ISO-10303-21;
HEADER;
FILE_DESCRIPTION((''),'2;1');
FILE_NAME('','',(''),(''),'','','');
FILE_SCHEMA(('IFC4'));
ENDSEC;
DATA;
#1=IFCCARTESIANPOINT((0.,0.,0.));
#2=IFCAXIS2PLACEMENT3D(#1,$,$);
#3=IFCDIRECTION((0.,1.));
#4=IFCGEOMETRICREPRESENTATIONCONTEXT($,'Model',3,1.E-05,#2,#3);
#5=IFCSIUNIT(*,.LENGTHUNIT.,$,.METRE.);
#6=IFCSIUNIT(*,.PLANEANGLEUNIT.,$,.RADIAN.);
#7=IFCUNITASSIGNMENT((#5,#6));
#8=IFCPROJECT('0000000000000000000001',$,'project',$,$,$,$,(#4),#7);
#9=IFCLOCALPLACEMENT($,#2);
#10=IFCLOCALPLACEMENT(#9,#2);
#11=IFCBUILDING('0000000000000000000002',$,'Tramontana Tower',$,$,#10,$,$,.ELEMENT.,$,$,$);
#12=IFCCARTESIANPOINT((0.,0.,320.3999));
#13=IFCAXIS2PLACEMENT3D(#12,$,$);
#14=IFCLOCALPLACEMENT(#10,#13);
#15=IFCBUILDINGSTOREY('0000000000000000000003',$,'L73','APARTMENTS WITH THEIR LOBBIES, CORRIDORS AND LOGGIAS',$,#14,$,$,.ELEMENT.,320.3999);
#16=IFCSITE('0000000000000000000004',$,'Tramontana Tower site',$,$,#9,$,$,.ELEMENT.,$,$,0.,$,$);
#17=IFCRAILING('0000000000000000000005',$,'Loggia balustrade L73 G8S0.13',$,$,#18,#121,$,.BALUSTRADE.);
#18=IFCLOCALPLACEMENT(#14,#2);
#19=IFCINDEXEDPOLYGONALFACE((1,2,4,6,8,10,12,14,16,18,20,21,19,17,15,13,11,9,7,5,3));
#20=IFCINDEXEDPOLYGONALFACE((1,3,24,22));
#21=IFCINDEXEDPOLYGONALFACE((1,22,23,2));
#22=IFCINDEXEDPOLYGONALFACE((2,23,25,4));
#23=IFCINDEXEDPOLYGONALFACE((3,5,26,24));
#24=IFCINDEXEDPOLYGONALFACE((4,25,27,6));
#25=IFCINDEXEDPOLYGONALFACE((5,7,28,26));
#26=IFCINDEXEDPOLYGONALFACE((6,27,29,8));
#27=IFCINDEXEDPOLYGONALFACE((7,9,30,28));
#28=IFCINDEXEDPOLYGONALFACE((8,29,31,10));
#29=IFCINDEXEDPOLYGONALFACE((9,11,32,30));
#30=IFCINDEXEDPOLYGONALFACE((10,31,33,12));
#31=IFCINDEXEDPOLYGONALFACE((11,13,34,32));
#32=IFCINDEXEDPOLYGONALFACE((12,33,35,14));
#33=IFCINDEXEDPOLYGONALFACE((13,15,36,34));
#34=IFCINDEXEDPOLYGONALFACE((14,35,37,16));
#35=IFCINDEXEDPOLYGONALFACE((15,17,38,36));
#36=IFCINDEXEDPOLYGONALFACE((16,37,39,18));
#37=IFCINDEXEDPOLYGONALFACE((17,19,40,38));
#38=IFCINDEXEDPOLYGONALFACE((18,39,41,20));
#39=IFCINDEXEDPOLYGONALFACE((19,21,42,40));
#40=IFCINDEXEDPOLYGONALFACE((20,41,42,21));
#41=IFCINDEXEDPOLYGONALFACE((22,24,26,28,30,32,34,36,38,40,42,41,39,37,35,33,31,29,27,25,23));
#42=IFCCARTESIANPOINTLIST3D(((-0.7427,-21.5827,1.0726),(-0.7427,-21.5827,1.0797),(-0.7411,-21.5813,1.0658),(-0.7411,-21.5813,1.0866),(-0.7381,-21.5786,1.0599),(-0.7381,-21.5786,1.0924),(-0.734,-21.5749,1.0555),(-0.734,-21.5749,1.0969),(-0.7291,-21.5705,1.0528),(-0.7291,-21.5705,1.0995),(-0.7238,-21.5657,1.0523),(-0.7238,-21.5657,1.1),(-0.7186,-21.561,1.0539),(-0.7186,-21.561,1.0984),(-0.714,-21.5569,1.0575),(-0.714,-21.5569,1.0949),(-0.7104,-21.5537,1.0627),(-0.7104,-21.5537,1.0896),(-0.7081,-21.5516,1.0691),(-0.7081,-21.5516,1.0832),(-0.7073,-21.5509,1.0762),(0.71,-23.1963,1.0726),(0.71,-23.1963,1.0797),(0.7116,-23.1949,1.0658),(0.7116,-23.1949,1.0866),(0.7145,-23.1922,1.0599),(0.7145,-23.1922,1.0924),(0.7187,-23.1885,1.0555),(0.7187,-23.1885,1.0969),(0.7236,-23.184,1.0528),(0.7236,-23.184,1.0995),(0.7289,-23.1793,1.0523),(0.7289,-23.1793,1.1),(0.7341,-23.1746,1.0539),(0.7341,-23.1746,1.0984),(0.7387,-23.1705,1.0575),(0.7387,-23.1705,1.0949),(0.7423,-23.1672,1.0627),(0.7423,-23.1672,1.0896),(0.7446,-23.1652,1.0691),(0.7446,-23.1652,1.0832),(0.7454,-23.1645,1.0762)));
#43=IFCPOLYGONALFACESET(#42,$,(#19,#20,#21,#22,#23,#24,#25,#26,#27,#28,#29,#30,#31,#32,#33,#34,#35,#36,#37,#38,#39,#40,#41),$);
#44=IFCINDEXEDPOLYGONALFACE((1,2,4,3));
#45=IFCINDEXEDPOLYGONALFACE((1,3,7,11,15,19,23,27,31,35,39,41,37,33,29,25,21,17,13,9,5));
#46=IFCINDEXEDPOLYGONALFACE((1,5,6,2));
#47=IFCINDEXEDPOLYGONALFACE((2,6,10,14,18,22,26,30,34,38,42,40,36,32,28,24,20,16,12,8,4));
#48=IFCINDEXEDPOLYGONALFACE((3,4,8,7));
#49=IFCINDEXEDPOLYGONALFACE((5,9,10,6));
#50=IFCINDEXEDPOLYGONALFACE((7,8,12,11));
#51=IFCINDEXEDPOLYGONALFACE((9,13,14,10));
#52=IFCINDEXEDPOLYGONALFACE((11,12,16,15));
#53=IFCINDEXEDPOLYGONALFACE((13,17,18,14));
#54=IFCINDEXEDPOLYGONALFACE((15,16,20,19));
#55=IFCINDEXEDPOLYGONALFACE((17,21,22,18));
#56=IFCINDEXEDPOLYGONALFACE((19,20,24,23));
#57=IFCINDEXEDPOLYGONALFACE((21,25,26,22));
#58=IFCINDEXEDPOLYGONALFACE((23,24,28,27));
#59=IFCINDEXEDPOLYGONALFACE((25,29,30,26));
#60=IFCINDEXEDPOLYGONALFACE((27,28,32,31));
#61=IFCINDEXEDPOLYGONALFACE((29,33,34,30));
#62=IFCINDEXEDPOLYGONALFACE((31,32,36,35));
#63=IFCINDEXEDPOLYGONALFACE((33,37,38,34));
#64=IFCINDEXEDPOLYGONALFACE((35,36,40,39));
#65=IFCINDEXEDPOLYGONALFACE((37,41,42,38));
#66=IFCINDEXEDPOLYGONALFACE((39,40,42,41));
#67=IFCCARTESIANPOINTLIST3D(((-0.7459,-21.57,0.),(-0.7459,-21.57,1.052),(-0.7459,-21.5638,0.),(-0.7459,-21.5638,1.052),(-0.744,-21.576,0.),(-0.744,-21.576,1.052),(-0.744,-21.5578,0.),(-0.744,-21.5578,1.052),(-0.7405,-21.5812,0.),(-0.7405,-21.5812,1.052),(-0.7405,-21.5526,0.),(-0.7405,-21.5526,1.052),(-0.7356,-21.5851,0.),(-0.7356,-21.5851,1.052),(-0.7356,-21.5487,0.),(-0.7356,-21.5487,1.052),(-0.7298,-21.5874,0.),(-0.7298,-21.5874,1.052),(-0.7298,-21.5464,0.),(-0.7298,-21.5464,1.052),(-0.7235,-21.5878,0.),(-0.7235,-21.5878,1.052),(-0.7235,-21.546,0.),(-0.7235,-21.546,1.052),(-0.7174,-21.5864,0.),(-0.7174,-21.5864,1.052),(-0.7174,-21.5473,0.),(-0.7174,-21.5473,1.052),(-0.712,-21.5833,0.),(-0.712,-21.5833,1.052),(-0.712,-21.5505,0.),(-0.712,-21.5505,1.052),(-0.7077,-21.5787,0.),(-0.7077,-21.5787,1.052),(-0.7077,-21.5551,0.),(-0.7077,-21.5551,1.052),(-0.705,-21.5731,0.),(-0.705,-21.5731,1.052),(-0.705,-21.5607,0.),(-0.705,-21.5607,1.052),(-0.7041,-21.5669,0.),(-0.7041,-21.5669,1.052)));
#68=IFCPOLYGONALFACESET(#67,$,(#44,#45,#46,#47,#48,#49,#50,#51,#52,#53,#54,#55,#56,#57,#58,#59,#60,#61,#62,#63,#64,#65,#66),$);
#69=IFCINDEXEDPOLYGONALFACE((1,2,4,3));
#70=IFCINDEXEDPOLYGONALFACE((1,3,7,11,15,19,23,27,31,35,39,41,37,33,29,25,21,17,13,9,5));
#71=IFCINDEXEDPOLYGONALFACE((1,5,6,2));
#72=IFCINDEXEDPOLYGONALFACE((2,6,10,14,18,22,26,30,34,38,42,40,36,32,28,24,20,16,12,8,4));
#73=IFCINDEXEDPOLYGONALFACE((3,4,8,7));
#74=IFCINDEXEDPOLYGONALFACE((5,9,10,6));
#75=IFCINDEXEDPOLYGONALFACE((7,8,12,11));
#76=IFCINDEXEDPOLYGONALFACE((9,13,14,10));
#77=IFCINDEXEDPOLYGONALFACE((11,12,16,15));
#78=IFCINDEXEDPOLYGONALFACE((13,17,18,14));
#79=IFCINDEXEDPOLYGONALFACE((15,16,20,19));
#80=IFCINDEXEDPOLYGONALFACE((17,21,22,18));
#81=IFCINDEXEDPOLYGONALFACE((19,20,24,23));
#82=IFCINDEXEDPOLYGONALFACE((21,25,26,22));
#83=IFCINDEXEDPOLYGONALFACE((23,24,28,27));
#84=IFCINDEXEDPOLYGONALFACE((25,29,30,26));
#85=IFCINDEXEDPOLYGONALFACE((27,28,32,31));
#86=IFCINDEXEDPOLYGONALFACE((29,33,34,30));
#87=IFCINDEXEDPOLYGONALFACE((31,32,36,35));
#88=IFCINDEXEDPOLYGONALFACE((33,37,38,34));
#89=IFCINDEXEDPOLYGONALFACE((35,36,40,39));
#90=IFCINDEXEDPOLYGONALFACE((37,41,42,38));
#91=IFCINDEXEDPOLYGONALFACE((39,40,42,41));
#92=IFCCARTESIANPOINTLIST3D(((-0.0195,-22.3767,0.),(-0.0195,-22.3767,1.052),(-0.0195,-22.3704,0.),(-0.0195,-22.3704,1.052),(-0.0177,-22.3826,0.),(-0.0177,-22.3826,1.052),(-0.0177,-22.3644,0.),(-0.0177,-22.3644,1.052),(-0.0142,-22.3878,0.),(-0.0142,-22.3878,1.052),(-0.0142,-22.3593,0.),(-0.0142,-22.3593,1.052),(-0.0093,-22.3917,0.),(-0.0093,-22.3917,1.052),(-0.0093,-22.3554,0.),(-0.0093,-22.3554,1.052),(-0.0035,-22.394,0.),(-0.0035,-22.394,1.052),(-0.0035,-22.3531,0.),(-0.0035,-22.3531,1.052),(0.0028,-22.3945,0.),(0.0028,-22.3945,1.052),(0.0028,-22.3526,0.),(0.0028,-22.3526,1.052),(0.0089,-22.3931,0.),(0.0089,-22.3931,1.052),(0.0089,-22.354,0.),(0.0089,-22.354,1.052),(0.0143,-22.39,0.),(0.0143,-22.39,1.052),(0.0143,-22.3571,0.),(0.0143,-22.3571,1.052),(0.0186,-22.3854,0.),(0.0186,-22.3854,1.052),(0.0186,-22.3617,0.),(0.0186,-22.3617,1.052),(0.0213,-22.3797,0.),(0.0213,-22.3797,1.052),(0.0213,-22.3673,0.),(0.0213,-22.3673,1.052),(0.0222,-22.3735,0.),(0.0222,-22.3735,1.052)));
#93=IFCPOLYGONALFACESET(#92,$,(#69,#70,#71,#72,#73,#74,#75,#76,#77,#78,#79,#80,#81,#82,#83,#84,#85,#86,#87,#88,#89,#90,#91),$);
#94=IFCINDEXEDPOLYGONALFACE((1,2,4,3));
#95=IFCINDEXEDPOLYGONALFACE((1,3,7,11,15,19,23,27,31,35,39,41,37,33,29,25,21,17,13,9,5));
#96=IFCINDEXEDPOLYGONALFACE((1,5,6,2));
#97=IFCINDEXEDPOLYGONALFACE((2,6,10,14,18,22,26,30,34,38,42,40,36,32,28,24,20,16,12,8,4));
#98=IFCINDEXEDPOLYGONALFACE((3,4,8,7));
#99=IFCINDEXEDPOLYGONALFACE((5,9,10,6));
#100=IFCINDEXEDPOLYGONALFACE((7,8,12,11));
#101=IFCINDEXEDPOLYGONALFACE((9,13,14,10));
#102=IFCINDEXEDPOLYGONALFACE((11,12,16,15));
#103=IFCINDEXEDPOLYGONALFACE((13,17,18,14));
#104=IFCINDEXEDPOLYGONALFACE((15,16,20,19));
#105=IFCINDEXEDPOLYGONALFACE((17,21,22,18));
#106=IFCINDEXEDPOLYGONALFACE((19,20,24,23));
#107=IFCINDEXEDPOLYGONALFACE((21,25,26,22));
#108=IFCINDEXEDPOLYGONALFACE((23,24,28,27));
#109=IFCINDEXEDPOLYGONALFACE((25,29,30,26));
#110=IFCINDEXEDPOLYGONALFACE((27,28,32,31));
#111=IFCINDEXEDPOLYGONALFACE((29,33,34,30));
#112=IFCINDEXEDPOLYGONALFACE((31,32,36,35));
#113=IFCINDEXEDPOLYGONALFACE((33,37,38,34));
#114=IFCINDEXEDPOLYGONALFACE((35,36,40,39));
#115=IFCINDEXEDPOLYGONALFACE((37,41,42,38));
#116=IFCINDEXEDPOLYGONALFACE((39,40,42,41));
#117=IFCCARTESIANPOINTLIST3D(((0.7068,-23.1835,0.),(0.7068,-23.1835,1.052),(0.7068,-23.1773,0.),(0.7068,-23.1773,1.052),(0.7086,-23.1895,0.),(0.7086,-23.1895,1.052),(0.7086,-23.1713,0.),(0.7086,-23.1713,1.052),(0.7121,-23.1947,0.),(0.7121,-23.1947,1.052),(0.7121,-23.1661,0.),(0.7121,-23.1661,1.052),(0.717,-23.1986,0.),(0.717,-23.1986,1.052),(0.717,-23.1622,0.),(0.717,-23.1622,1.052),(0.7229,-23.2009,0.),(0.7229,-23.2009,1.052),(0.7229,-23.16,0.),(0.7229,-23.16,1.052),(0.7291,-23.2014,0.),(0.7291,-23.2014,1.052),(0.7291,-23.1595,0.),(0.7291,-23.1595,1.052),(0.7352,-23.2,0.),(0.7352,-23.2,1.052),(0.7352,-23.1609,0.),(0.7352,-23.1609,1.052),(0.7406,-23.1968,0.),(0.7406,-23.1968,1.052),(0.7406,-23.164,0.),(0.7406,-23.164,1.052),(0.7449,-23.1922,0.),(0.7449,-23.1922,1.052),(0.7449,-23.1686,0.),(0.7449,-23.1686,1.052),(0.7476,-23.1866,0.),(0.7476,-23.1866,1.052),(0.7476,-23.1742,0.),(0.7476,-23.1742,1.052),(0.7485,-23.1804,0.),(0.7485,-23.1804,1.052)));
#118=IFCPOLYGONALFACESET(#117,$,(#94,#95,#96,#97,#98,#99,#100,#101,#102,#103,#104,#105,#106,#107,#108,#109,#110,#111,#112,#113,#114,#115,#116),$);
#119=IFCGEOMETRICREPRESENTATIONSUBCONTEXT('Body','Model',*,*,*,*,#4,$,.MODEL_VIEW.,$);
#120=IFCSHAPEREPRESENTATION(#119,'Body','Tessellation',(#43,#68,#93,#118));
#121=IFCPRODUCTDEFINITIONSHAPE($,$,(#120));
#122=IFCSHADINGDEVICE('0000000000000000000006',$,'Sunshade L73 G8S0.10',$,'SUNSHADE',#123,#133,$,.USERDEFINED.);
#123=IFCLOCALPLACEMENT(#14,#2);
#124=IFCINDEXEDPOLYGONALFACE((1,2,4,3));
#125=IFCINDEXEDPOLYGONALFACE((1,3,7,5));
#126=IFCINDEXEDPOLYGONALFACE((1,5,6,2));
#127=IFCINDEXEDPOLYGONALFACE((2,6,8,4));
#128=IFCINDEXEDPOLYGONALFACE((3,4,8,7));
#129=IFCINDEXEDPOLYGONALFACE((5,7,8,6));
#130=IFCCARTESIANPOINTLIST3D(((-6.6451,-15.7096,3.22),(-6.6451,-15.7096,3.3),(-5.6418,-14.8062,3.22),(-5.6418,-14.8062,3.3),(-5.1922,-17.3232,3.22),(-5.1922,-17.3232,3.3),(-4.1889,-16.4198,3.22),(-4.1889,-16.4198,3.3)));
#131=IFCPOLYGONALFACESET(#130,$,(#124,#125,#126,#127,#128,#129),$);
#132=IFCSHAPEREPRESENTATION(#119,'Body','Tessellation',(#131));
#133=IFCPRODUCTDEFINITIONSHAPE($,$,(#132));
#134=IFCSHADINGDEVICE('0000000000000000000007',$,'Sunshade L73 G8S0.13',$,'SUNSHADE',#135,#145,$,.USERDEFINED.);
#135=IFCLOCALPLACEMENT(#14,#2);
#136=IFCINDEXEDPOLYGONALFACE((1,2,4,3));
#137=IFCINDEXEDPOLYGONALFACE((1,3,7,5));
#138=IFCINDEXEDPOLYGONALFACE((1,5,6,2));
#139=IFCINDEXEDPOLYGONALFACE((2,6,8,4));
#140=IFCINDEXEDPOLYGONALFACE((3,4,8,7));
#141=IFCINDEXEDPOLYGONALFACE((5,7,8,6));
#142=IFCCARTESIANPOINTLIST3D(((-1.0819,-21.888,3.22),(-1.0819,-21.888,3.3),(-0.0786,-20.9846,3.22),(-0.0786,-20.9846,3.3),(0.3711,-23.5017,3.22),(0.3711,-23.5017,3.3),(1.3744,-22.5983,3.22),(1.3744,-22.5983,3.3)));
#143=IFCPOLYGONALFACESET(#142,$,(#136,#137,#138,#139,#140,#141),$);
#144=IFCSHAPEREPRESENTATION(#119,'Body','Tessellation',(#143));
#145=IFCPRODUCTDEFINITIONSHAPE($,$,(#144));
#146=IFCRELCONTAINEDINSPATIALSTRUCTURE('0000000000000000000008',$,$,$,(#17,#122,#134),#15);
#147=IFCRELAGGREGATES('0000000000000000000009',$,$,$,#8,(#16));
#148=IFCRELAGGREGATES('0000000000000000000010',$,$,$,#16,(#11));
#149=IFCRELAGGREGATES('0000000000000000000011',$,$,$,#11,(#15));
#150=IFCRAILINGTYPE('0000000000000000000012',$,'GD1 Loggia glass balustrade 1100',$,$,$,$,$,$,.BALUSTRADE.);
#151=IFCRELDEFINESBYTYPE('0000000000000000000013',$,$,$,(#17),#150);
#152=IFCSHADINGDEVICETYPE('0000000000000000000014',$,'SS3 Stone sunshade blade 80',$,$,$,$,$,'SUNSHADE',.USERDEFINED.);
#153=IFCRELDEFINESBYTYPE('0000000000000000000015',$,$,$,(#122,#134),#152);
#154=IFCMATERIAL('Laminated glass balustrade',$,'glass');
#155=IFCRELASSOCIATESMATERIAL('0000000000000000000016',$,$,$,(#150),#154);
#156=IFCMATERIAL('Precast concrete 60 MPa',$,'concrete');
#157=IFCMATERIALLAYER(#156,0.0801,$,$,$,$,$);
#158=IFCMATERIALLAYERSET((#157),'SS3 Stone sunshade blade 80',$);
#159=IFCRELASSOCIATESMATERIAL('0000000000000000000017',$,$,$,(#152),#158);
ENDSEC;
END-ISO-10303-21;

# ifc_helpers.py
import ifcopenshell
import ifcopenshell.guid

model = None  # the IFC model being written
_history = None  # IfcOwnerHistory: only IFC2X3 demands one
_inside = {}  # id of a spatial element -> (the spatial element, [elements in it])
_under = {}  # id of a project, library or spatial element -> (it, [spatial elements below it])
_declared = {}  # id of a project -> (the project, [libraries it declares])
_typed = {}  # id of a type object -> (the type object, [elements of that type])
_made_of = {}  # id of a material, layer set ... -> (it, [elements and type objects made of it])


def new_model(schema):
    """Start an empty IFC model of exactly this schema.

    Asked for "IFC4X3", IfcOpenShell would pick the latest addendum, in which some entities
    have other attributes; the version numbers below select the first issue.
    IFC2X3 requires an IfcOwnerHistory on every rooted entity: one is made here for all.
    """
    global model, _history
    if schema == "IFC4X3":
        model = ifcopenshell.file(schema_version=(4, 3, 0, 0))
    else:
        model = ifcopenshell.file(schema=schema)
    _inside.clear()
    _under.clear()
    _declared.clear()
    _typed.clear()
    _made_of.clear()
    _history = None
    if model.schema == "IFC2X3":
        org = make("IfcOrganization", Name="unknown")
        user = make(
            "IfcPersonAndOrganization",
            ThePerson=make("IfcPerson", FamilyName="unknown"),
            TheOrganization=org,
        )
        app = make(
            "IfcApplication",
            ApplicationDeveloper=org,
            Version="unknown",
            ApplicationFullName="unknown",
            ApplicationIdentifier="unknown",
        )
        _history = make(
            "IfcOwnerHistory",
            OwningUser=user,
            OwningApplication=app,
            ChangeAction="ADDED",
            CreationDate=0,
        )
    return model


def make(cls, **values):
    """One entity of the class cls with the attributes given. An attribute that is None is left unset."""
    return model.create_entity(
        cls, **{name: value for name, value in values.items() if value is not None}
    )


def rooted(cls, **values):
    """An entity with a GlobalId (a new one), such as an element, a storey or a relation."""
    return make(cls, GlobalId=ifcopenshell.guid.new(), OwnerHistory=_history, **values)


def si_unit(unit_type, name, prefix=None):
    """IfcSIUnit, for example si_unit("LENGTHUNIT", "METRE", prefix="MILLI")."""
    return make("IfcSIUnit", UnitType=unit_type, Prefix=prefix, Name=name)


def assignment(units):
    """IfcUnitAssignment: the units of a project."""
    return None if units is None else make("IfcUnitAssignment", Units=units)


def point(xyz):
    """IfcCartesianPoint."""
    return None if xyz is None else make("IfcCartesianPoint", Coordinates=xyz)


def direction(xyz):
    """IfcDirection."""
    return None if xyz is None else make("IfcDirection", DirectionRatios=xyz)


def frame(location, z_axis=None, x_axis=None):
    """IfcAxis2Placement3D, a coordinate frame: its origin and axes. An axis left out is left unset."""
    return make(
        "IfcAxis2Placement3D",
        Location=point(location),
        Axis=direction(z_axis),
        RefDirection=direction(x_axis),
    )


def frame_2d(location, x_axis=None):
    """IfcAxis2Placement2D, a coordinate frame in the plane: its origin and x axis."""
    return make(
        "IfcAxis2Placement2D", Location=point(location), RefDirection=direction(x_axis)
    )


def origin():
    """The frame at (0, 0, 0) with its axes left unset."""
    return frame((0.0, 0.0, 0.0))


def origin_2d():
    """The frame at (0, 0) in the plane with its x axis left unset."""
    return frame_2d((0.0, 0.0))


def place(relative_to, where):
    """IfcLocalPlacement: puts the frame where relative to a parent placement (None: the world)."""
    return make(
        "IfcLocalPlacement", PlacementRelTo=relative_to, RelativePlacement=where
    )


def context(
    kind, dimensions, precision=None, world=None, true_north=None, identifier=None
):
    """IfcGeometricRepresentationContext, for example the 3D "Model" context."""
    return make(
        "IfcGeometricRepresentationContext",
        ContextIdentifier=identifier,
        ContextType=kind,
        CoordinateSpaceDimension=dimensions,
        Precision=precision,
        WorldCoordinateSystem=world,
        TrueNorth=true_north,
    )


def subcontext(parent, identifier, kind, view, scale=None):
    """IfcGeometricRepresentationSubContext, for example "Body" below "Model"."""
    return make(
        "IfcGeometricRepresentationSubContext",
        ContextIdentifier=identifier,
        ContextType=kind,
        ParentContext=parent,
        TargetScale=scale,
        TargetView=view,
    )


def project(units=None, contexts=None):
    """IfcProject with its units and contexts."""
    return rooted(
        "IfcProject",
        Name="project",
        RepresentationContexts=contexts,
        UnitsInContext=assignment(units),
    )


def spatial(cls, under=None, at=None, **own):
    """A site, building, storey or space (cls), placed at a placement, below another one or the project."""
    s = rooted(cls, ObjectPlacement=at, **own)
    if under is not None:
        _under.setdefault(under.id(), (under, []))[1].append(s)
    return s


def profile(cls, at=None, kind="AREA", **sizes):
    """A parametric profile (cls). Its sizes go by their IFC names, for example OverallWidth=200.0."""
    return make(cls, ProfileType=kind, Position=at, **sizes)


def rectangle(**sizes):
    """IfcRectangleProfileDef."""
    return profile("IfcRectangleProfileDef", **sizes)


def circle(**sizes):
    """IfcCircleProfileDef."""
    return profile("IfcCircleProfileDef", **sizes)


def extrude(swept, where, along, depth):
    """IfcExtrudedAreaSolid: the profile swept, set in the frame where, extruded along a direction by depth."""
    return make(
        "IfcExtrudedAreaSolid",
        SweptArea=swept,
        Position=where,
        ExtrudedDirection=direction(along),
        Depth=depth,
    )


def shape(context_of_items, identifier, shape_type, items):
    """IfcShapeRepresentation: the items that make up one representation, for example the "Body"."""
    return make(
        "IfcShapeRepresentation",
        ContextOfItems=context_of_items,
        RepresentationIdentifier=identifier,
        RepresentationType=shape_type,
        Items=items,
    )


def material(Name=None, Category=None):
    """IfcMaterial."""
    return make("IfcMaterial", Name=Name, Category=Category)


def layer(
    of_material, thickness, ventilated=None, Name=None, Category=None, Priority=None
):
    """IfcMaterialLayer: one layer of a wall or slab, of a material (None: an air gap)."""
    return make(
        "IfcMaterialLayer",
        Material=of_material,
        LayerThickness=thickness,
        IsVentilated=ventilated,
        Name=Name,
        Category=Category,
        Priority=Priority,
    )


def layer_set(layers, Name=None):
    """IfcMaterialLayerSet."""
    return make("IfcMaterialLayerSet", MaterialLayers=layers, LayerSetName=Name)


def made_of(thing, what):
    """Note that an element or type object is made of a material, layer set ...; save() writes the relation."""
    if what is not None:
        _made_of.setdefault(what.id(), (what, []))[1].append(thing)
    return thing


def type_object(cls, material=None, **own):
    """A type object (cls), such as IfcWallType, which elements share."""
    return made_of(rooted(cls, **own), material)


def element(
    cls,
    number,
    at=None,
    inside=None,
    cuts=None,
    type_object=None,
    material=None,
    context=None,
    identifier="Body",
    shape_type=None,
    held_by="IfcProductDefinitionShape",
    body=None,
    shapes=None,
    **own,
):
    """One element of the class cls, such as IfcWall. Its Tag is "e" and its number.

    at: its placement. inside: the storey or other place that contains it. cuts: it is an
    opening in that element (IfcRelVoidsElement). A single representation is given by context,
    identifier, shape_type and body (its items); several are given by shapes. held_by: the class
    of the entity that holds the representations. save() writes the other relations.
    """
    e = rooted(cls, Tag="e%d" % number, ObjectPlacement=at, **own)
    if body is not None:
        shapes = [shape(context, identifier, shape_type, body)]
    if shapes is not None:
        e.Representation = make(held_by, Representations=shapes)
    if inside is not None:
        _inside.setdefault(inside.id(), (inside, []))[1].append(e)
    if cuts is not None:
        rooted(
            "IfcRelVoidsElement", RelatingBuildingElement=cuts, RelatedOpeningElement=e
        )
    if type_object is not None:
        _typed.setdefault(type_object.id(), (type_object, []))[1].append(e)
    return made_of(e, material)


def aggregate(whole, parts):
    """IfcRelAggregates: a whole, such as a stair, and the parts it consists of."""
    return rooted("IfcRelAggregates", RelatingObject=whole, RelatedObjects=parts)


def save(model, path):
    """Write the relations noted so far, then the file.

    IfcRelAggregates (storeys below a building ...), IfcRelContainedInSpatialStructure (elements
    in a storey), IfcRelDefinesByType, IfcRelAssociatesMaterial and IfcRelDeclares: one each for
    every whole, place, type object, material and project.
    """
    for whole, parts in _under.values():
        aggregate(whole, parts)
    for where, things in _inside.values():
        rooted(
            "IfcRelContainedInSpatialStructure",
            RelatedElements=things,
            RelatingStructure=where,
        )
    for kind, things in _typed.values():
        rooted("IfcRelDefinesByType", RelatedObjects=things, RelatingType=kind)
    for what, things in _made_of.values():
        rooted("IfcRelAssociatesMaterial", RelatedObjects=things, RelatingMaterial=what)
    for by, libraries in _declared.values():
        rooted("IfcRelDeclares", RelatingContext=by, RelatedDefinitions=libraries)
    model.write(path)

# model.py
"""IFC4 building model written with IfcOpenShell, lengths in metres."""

from ifc_helpers import new_model, si_unit, direction, frame, origin, origin_2d, place, context, subcontext, project, spatial, rectangle, circle, extrude, material, layer, layer_set, type_object, element, save


model = new_model("IFC4")

# Units and contexts
model_context = context("Model", 3, precision=1e-05, world=origin(), true_north=direction((0.0, 1.0)))
body_context = subcontext(model_context, "Body", "Model", "MODEL_VIEW")
ifc_project = project(units=[si_unit("LENGTHUNIT", "METRE"), si_unit("PLANEANGLEUNIT", "RADIAN")], contexts=[model_context])

# Site, building, storey
site_placement = place(None, origin())
site = spatial("IfcSite", under=ifc_project, at=site_placement, Name="Tramontana Tower site", CompositionType="ELEMENT", RefElevation=0.0)
building_placement = place(site_placement, origin())
building = spatial("IfcBuilding", under=site, at=building_placement, Name="Tramontana Tower", CompositionType="ELEMENT")
storey_placement = place(building_placement, frame((0.0, 0.0, 320.3999)))
storey = spatial("IfcBuildingStorey", under=building, at=storey_placement, Name="L73", Description="APARTMENTS WITH THEIR LOBBIES, CORRIDORS AND LOGGIAS", CompositionType="ELEMENT", Elevation=320.3999)

# Railing
ifc_material_1 = material(Name="Laminated glass balustrade", Category="glass")
railing_type = type_object("IfcRailingType", Name="GD1 Loggia glass balustrade 1100", PredefinedType="BALUSTRADE", material=ifc_material_1)
railing_1_placement = place(storey_placement, frame((-0.7251, -21.5669, 0.0)))
element("IfcRailing", 1, at=railing_1_placement, inside=storey, type_object=railing_type, Name="Loggia balustrade L73 G8S0.13", PredefinedType="BALUSTRADE", context=body_context, shape_type="SweptSolid", body=[
    extrude(circle(Radius=0.0239, at=origin_2d()), frame((0.0, 0.0, 1.0762), z_axis=(0.669083, -0.743188, 0.0), x_axis=(0.743188, 0.669083, 0.0)), (0.0, 0.0, 1.0), 2.1711),
    extrude(circle(Radius=0.021, at=origin_2d()), origin(), (0.0, 0.0, 1.0), 1.052),
    extrude(circle(Radius=0.021, at=origin_2d()), frame((0.7263, -0.8066, 0.0)), (0.0, 0.0, 1.0), 1.052),
    extrude(circle(Radius=0.021, at=origin_2d()), frame((1.4526, -1.6135, 0.0)), (0.0, 0.0, 1.0), 1.052),
])

# Shading devices
ifc_material_2 = material(Name="Precast concrete 60 MPa", Category="concrete")
ifc_layer_1 = layer(ifc_material_2, 0.0801)
ifc_layer_set_1 = layer_set([ifc_layer_1], Name="SS3 Stone sunshade blade 80")
shading_device_type = type_object("IfcShadingDeviceType", Name="SS3 Stone sunshade blade 80", ElementType="SUNSHADE", PredefinedType="USERDEFINED", material=ifc_layer_set_1)
for number, where, z_axis, x_axis, name in (
    (2, (-5.417, -16.0647, 3.22), (0.0, 0.0, 1.0), (0.669131, -0.743145, 0.0), "Sunshade L73 G8S0.10"),
    (3, (0.1462, -22.2432, 3.22), (0.0, 0.0, 1.0), (0.669131, -0.743145, 0.0), "Sunshade L73 G8S0.13"),
):
    element("IfcShadingDevice", number, at=place(storey_placement, frame(where, z_axis=z_axis, x_axis=x_axis)), inside=storey, type_object=shading_device_type, Name=name, ObjectType="SUNSHADE", PredefinedType="USERDEFINED", context=body_context, shape_type="SweptSolid", body=[
        extrude(rectangle(XDim=2.1714, YDim=1.3501, at=origin_2d()), origin(), (0.0, 0.0, 1.0), 0.0801),
    ])

save(model, "model.ifc")
